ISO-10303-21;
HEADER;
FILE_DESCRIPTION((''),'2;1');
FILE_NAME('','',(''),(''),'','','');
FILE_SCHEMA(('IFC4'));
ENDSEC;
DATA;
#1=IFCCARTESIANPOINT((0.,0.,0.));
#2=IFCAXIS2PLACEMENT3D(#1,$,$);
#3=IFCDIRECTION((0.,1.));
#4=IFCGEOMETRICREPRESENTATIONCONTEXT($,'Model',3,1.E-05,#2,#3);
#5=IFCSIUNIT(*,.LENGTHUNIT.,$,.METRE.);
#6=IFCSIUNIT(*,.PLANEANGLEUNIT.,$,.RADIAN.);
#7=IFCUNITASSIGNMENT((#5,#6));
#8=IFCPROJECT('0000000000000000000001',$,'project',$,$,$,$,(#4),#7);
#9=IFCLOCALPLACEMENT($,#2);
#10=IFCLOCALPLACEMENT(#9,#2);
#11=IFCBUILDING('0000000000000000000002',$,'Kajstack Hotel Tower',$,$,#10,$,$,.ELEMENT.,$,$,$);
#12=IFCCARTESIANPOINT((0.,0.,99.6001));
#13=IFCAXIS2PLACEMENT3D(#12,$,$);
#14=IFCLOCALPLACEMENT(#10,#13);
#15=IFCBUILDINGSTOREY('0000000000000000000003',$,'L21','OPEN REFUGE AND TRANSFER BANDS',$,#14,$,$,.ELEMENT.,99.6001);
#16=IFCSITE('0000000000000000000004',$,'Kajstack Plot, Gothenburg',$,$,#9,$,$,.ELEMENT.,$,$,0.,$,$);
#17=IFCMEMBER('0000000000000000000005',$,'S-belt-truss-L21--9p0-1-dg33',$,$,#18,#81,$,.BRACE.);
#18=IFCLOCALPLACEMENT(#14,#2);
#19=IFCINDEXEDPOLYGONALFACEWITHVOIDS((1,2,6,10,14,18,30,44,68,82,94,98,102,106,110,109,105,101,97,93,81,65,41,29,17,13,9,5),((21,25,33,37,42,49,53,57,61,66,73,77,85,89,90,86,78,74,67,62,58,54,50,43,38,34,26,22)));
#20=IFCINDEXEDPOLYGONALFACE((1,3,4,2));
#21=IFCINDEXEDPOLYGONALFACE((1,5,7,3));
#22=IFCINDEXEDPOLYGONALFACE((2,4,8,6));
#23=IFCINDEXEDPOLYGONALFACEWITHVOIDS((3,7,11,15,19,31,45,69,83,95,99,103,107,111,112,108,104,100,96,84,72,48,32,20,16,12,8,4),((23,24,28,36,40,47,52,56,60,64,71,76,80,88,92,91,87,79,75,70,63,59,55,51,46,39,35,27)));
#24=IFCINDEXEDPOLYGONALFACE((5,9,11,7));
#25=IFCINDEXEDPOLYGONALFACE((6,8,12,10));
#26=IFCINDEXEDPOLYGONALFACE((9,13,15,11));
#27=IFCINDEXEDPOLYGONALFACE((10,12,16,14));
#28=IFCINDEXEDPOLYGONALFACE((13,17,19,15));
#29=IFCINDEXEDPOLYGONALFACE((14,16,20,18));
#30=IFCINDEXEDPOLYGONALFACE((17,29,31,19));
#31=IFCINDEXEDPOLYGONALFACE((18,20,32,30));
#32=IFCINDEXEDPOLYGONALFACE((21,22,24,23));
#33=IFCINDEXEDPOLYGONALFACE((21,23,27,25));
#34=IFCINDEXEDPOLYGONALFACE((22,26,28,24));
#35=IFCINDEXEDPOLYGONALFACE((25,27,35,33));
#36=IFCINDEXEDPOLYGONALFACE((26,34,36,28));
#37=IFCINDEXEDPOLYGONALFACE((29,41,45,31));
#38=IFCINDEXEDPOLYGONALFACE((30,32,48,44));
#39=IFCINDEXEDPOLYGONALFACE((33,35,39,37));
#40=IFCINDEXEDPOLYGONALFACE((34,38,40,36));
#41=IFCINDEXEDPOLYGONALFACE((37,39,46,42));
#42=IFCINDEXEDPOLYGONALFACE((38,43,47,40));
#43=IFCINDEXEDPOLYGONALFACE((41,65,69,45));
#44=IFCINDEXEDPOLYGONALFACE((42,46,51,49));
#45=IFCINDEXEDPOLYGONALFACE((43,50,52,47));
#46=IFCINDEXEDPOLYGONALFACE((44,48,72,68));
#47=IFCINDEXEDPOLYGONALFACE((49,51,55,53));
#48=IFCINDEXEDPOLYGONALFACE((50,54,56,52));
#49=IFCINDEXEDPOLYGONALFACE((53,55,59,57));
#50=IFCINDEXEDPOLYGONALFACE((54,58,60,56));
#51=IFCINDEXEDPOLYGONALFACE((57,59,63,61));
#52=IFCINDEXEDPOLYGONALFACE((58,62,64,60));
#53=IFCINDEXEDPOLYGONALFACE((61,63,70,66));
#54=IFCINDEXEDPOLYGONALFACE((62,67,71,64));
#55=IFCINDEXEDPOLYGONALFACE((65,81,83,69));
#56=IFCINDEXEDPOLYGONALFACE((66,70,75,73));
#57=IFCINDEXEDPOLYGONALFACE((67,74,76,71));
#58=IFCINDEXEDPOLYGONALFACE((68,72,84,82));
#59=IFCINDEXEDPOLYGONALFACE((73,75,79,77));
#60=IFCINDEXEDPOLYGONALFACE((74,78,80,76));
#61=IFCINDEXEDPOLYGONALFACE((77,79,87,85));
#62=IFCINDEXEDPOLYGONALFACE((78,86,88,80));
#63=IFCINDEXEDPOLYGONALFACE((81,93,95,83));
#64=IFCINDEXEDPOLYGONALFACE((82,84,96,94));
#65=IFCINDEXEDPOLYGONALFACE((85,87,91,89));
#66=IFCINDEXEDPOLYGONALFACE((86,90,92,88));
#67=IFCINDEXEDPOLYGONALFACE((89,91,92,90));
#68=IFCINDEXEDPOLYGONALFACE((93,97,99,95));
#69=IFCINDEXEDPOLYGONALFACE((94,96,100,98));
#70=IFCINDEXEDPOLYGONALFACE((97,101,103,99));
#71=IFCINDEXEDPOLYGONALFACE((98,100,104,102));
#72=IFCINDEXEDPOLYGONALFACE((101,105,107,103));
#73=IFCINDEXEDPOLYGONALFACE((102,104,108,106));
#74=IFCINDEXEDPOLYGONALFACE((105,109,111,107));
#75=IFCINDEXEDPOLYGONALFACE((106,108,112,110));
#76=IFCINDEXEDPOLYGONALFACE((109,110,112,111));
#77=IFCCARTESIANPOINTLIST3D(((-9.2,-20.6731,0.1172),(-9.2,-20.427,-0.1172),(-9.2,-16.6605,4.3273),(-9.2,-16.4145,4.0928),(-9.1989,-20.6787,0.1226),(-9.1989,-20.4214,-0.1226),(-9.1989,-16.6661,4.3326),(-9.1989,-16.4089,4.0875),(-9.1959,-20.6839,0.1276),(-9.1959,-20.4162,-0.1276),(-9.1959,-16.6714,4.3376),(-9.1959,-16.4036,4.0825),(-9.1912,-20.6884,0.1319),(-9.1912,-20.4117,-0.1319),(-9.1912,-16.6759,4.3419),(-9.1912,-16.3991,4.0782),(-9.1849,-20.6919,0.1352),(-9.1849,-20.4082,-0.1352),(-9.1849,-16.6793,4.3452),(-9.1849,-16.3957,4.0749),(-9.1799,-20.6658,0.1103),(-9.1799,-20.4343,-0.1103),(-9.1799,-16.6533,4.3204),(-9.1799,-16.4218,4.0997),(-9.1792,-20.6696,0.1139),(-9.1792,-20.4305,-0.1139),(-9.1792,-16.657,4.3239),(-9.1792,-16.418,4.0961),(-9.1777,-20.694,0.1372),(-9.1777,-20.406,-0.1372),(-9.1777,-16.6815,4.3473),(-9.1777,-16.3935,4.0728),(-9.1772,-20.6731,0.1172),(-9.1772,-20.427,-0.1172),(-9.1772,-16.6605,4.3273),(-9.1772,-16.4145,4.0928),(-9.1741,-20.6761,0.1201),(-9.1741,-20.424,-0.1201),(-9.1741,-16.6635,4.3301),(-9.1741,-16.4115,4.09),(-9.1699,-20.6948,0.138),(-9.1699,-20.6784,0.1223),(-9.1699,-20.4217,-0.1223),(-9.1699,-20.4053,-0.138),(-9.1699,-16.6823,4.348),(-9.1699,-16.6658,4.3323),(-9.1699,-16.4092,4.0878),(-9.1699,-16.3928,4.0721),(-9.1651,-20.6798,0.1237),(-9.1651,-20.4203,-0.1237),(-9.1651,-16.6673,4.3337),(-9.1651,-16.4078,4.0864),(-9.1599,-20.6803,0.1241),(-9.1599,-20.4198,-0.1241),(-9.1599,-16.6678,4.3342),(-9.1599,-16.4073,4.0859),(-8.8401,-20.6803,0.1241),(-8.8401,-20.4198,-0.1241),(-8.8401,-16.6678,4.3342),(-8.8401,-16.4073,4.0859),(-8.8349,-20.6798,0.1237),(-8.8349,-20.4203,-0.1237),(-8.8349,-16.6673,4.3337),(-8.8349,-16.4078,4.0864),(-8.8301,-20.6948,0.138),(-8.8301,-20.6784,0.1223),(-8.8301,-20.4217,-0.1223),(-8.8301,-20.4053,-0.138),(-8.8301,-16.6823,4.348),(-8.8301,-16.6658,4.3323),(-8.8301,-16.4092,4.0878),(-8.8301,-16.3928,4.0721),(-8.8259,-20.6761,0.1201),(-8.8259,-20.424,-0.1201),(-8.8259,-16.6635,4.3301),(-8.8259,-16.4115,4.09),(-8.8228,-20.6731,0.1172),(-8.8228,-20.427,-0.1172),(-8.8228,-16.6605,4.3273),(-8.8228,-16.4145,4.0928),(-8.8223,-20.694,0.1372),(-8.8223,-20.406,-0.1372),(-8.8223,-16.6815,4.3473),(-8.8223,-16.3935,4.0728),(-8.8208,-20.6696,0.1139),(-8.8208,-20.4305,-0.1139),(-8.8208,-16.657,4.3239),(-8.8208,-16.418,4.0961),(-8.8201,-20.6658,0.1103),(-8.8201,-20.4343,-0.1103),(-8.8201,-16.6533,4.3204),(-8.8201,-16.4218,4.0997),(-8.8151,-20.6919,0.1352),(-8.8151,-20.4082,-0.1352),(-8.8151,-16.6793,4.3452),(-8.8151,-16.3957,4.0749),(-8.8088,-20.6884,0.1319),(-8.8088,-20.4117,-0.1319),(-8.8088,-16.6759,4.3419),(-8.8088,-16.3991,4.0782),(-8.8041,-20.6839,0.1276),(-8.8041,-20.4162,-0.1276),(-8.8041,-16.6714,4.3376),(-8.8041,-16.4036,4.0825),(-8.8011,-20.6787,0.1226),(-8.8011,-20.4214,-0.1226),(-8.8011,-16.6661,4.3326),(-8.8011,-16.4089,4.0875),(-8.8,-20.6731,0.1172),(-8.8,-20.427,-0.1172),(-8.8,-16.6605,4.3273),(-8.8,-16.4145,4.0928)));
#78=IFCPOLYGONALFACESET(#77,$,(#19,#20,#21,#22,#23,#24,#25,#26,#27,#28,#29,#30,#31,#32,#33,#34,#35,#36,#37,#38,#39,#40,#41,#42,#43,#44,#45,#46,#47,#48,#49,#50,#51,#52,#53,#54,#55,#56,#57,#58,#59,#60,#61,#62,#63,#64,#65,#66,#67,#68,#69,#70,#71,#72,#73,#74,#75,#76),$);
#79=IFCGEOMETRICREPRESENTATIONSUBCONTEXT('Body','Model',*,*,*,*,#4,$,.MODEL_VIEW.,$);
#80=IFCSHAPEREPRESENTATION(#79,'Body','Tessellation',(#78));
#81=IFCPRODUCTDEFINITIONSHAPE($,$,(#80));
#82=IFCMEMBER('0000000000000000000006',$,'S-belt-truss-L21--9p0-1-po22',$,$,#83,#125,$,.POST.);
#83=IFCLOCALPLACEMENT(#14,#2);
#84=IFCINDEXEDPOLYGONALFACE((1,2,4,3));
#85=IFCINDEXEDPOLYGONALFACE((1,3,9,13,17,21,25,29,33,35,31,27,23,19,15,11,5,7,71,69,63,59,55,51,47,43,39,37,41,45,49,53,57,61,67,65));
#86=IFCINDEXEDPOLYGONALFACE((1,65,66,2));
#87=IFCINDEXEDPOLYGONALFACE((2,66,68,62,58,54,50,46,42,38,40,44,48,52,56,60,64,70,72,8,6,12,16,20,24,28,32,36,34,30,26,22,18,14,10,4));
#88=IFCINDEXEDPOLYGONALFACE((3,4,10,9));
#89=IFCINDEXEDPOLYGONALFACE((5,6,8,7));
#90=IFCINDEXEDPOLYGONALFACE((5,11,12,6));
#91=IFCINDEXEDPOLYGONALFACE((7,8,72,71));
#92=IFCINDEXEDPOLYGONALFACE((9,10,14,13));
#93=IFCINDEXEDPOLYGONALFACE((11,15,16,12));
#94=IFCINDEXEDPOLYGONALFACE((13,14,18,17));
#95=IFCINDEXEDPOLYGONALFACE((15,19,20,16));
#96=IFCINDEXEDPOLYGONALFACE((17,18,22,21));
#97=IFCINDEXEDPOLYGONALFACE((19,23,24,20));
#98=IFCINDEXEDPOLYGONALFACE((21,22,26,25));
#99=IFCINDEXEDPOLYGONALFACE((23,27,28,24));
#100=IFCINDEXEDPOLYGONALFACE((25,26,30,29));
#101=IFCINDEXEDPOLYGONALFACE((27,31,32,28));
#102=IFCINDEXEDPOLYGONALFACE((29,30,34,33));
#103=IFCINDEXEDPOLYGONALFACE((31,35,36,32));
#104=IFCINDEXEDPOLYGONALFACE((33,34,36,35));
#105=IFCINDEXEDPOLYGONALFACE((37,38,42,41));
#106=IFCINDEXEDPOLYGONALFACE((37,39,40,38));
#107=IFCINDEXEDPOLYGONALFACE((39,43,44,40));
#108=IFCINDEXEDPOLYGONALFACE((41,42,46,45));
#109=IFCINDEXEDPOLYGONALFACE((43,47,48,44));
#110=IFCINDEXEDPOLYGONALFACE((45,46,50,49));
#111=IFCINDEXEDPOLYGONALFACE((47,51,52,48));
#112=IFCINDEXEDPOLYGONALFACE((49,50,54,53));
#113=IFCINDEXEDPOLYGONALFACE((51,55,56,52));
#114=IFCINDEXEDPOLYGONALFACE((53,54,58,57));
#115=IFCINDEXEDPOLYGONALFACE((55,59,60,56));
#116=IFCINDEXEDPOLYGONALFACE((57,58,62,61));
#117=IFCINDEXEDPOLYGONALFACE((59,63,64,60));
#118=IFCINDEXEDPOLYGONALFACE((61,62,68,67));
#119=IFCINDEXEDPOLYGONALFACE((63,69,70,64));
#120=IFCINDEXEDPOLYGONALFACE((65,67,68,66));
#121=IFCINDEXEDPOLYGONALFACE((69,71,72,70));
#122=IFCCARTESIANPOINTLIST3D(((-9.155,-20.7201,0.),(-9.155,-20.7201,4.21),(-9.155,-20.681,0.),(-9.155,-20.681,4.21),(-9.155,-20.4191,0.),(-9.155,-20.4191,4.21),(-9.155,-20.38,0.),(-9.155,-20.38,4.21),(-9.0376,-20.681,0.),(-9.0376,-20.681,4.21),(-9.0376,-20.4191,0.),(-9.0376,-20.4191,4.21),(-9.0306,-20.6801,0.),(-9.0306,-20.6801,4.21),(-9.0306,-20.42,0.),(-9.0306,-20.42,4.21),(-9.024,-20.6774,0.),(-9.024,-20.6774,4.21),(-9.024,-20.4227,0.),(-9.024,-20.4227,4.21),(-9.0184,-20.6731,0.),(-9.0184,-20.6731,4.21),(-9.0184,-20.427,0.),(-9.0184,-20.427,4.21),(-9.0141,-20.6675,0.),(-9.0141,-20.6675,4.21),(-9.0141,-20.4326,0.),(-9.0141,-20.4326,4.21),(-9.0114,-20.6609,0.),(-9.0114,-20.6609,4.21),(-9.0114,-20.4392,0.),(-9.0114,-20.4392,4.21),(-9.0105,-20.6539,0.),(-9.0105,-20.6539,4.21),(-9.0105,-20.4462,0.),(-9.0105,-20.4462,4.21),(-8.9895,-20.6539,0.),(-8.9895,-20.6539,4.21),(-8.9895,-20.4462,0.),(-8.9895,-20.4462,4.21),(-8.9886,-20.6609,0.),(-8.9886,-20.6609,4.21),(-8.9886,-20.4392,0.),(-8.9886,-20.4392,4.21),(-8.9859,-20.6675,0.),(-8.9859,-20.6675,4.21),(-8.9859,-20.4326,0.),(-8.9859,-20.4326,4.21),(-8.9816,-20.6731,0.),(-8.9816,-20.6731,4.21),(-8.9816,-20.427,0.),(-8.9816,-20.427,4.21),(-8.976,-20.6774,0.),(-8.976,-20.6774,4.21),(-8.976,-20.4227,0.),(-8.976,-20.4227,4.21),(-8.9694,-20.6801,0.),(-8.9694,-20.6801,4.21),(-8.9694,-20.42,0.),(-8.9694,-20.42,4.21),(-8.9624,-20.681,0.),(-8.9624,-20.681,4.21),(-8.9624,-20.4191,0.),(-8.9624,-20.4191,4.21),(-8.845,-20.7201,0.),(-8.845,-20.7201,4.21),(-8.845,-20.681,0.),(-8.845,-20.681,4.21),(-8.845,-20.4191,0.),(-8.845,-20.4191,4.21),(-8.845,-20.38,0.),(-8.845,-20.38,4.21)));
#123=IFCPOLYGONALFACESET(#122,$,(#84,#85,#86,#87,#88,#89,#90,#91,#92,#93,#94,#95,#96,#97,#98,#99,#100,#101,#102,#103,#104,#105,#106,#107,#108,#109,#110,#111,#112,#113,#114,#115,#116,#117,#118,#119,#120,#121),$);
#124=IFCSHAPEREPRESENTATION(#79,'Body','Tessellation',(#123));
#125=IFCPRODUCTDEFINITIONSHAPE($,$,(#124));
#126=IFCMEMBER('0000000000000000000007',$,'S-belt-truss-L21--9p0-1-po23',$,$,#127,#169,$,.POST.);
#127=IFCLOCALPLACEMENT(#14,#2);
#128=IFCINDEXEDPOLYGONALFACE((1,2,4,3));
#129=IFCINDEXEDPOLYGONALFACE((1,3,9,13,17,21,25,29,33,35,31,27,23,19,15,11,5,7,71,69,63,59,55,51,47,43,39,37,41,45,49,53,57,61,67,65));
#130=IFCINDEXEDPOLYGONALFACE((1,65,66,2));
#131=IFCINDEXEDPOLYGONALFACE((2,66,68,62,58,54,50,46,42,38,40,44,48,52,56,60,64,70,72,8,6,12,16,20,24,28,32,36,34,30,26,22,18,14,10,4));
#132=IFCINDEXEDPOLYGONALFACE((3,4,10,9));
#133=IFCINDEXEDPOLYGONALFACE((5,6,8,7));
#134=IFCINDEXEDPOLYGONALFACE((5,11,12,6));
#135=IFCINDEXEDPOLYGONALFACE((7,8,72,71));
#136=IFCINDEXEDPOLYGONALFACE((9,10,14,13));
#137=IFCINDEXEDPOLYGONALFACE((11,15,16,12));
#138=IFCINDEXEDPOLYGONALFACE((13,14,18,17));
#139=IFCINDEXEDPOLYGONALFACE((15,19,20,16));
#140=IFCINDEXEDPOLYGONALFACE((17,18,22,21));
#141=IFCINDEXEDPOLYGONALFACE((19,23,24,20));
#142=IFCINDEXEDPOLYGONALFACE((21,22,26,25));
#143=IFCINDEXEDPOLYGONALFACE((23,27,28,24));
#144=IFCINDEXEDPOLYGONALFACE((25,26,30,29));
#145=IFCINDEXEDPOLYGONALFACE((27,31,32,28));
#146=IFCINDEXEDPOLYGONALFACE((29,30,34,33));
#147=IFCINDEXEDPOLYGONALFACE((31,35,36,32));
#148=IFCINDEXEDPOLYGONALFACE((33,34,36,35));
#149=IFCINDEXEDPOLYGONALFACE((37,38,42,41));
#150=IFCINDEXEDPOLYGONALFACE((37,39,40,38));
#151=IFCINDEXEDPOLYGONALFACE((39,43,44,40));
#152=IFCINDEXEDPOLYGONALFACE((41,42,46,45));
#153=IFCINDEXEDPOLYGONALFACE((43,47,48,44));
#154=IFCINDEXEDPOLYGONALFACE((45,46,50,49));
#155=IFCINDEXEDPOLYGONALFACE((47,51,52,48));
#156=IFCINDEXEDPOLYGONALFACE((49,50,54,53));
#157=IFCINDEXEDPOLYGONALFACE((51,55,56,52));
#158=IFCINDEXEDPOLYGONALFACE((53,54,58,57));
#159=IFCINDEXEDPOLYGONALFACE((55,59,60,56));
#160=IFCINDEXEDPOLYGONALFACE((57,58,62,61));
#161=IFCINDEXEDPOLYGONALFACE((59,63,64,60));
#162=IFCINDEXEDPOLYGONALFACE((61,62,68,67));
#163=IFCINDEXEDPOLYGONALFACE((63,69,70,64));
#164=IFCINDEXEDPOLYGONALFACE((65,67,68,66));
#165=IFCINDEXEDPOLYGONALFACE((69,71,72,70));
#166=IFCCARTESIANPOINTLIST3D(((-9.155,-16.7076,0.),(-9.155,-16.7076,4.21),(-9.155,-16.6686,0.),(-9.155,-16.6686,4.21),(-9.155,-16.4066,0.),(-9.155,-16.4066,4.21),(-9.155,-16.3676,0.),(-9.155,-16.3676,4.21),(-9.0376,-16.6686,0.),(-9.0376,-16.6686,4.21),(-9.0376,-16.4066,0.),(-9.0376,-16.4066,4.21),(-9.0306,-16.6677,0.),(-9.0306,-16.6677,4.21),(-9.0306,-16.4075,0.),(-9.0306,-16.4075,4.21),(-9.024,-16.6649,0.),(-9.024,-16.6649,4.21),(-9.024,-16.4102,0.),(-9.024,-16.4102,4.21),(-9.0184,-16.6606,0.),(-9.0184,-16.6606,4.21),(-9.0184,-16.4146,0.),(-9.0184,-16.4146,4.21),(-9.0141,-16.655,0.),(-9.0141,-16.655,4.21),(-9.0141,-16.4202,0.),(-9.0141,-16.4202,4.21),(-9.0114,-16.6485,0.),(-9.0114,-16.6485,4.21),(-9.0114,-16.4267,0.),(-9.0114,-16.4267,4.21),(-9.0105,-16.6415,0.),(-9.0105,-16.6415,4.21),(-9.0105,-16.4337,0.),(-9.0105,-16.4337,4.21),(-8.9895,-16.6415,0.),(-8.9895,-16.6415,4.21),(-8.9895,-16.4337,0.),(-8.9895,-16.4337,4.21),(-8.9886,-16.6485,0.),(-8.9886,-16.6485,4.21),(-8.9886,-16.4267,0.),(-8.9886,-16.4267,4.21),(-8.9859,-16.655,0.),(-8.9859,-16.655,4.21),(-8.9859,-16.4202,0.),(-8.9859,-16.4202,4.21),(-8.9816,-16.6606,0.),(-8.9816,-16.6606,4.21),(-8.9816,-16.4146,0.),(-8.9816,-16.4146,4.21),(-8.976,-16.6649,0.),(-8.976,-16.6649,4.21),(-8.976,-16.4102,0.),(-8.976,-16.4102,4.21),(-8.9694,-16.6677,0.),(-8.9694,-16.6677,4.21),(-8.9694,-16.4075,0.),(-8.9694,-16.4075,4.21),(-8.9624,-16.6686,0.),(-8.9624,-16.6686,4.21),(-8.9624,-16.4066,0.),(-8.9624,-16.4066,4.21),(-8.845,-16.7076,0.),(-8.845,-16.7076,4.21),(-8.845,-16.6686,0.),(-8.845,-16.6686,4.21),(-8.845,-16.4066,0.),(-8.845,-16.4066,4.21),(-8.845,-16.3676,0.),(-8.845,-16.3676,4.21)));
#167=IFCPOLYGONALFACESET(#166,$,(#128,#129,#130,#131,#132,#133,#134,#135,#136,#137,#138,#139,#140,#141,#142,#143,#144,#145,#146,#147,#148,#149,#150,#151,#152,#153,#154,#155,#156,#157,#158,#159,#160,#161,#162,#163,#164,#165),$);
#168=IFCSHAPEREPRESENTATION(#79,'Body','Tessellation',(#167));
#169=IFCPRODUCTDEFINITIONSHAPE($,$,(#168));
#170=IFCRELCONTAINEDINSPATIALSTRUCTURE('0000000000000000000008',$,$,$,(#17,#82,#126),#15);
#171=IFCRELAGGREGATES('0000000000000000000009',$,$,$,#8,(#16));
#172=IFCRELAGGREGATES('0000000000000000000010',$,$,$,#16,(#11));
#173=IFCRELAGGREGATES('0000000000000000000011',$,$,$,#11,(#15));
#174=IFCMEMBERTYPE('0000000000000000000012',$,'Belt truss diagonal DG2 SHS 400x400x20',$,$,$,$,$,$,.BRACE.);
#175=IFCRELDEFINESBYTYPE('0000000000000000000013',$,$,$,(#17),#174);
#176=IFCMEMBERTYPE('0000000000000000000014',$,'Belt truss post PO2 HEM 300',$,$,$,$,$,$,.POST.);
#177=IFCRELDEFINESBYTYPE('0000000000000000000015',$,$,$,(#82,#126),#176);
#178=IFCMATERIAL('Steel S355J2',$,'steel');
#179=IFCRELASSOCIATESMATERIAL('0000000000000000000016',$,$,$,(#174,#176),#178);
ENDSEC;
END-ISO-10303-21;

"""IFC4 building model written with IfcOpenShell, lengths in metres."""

from ifc_helpers import new_model, si_unit, direction, frame, origin, origin_2d, place, context, subcontext, project, spatial, hollow_rectangle, i_section, extrude, material, material_profile, profile_set, type_object, element, save


model = new_model("IFC4")

# Units and contexts
model_context = context("Model", 3, precision=1e-05, world=origin(), true_north=direction((0.0, 1.0)))
body_context = subcontext(model_context, "Body", "Model", "MODEL_VIEW")
ifc_project = project(units=[si_unit("LENGTHUNIT", "METRE"), si_unit("PLANEANGLEUNIT", "RADIAN")], contexts=[model_context])

# Site, building, storey
site_placement = place(None, origin())
site = spatial("IfcSite", under=ifc_project, at=site_placement, Name="Kajstack Plot, Gothenburg", CompositionType="ELEMENT", RefElevation=0.0)
building_placement = place(site_placement, origin())
building = spatial("IfcBuilding", under=site, at=building_placement, Name="Kajstack Hotel Tower", CompositionType="ELEMENT")
storey_placement = place(building_placement, frame((0.0, 0.0, 99.6001)))
storey = spatial("IfcBuildingStorey", under=building, at=storey_placement, Name="L21", Description="OPEN REFUGE AND TRANSFER BANDS", CompositionType="ELEMENT", Elevation=99.6001)

# Members
ifc_material_1 = material(Name="Steel S355J2", Category="steel")
ifc_material_profile_1 = material_profile(ifc_material_1, hollow_rectangle(XDim=0.3999, YDim=0.3999, WallThickness=0.02, InnerFilletRadius=0.02, OuterFilletRadius=0.03, at=origin_2d()), Name="SHS 400x400x20")
ifc_profile_set_1 = profile_set([ifc_material_profile_1], Name="Steel S355J2")
member_type_1 = type_object("IfcMemberType", Name="Belt truss diagonal DG2 SHS 400x400x20", PredefinedType="BRACE", material=ifc_profile_set_1)
member_1_placement = place(storey_placement, frame((-9.0, -20.55, 0.0), z_axis=(0.0, 0.689922, 0.723883), x_axis=(-1.0, 0.0, 0.0)))
element("IfcMember", 1, at=member_1_placement, inside=storey, type_object=member_type_1, Name="S-belt-truss-L21--9p0-1-dg33", PredefinedType="BRACE", context=body_context, shape_type="SweptSolid", body=[
    extrude(hollow_rectangle(XDim=0.3999, YDim=0.3999, WallThickness=0.02, InnerFilletRadius=0.02, OuterFilletRadius=0.03, at=origin_2d()), origin(), (0.0, 0.0, 1.0), 5.8159),
])
ifc_material_profile_2 = material_profile(ifc_material_1, i_section(OverallWidth=0.3101, OverallDepth=0.3401, WebThickness=0.021, FlangeThickness=0.0391, FilletRadius=0.0271, at=origin_2d()), Name="HEM 300")
ifc_profile_set_2 = profile_set([ifc_material_profile_2], Name="Steel S355J2")
member_type_2 = type_object("IfcMemberType", Name="Belt truss post PO2 HEM 300", PredefinedType="POST", material=ifc_profile_set_2)
for number, where, z_axis, x_axis, name in (
    (2, (-9.0, -20.55, 0.0), (0.0, 0.0, 1.0), (1.0, 0.0, 0.0), "S-belt-truss-L21--9p0-1-po22"),
    (3, (-9.0, -16.5376, 0.0), (0.0, 0.0, 1.0), (1.0, 0.0, 0.0), "S-belt-truss-L21--9p0-1-po23"),
):
    element("IfcMember", number, at=place(storey_placement, frame(where, z_axis=z_axis, x_axis=x_axis)), inside=storey, type_object=member_type_2, Name=name, PredefinedType="POST", context=body_context, shape_type="SweptSolid", body=[
        extrude(i_section(OverallWidth=0.3101, OverallDepth=0.3401, WebThickness=0.021, FlangeThickness=0.0391, FilletRadius=0.0271, at=origin_2d()), origin(), (0.0, 0.0, 1.0), 4.21),
    ])

save(model, "model.ifc")
